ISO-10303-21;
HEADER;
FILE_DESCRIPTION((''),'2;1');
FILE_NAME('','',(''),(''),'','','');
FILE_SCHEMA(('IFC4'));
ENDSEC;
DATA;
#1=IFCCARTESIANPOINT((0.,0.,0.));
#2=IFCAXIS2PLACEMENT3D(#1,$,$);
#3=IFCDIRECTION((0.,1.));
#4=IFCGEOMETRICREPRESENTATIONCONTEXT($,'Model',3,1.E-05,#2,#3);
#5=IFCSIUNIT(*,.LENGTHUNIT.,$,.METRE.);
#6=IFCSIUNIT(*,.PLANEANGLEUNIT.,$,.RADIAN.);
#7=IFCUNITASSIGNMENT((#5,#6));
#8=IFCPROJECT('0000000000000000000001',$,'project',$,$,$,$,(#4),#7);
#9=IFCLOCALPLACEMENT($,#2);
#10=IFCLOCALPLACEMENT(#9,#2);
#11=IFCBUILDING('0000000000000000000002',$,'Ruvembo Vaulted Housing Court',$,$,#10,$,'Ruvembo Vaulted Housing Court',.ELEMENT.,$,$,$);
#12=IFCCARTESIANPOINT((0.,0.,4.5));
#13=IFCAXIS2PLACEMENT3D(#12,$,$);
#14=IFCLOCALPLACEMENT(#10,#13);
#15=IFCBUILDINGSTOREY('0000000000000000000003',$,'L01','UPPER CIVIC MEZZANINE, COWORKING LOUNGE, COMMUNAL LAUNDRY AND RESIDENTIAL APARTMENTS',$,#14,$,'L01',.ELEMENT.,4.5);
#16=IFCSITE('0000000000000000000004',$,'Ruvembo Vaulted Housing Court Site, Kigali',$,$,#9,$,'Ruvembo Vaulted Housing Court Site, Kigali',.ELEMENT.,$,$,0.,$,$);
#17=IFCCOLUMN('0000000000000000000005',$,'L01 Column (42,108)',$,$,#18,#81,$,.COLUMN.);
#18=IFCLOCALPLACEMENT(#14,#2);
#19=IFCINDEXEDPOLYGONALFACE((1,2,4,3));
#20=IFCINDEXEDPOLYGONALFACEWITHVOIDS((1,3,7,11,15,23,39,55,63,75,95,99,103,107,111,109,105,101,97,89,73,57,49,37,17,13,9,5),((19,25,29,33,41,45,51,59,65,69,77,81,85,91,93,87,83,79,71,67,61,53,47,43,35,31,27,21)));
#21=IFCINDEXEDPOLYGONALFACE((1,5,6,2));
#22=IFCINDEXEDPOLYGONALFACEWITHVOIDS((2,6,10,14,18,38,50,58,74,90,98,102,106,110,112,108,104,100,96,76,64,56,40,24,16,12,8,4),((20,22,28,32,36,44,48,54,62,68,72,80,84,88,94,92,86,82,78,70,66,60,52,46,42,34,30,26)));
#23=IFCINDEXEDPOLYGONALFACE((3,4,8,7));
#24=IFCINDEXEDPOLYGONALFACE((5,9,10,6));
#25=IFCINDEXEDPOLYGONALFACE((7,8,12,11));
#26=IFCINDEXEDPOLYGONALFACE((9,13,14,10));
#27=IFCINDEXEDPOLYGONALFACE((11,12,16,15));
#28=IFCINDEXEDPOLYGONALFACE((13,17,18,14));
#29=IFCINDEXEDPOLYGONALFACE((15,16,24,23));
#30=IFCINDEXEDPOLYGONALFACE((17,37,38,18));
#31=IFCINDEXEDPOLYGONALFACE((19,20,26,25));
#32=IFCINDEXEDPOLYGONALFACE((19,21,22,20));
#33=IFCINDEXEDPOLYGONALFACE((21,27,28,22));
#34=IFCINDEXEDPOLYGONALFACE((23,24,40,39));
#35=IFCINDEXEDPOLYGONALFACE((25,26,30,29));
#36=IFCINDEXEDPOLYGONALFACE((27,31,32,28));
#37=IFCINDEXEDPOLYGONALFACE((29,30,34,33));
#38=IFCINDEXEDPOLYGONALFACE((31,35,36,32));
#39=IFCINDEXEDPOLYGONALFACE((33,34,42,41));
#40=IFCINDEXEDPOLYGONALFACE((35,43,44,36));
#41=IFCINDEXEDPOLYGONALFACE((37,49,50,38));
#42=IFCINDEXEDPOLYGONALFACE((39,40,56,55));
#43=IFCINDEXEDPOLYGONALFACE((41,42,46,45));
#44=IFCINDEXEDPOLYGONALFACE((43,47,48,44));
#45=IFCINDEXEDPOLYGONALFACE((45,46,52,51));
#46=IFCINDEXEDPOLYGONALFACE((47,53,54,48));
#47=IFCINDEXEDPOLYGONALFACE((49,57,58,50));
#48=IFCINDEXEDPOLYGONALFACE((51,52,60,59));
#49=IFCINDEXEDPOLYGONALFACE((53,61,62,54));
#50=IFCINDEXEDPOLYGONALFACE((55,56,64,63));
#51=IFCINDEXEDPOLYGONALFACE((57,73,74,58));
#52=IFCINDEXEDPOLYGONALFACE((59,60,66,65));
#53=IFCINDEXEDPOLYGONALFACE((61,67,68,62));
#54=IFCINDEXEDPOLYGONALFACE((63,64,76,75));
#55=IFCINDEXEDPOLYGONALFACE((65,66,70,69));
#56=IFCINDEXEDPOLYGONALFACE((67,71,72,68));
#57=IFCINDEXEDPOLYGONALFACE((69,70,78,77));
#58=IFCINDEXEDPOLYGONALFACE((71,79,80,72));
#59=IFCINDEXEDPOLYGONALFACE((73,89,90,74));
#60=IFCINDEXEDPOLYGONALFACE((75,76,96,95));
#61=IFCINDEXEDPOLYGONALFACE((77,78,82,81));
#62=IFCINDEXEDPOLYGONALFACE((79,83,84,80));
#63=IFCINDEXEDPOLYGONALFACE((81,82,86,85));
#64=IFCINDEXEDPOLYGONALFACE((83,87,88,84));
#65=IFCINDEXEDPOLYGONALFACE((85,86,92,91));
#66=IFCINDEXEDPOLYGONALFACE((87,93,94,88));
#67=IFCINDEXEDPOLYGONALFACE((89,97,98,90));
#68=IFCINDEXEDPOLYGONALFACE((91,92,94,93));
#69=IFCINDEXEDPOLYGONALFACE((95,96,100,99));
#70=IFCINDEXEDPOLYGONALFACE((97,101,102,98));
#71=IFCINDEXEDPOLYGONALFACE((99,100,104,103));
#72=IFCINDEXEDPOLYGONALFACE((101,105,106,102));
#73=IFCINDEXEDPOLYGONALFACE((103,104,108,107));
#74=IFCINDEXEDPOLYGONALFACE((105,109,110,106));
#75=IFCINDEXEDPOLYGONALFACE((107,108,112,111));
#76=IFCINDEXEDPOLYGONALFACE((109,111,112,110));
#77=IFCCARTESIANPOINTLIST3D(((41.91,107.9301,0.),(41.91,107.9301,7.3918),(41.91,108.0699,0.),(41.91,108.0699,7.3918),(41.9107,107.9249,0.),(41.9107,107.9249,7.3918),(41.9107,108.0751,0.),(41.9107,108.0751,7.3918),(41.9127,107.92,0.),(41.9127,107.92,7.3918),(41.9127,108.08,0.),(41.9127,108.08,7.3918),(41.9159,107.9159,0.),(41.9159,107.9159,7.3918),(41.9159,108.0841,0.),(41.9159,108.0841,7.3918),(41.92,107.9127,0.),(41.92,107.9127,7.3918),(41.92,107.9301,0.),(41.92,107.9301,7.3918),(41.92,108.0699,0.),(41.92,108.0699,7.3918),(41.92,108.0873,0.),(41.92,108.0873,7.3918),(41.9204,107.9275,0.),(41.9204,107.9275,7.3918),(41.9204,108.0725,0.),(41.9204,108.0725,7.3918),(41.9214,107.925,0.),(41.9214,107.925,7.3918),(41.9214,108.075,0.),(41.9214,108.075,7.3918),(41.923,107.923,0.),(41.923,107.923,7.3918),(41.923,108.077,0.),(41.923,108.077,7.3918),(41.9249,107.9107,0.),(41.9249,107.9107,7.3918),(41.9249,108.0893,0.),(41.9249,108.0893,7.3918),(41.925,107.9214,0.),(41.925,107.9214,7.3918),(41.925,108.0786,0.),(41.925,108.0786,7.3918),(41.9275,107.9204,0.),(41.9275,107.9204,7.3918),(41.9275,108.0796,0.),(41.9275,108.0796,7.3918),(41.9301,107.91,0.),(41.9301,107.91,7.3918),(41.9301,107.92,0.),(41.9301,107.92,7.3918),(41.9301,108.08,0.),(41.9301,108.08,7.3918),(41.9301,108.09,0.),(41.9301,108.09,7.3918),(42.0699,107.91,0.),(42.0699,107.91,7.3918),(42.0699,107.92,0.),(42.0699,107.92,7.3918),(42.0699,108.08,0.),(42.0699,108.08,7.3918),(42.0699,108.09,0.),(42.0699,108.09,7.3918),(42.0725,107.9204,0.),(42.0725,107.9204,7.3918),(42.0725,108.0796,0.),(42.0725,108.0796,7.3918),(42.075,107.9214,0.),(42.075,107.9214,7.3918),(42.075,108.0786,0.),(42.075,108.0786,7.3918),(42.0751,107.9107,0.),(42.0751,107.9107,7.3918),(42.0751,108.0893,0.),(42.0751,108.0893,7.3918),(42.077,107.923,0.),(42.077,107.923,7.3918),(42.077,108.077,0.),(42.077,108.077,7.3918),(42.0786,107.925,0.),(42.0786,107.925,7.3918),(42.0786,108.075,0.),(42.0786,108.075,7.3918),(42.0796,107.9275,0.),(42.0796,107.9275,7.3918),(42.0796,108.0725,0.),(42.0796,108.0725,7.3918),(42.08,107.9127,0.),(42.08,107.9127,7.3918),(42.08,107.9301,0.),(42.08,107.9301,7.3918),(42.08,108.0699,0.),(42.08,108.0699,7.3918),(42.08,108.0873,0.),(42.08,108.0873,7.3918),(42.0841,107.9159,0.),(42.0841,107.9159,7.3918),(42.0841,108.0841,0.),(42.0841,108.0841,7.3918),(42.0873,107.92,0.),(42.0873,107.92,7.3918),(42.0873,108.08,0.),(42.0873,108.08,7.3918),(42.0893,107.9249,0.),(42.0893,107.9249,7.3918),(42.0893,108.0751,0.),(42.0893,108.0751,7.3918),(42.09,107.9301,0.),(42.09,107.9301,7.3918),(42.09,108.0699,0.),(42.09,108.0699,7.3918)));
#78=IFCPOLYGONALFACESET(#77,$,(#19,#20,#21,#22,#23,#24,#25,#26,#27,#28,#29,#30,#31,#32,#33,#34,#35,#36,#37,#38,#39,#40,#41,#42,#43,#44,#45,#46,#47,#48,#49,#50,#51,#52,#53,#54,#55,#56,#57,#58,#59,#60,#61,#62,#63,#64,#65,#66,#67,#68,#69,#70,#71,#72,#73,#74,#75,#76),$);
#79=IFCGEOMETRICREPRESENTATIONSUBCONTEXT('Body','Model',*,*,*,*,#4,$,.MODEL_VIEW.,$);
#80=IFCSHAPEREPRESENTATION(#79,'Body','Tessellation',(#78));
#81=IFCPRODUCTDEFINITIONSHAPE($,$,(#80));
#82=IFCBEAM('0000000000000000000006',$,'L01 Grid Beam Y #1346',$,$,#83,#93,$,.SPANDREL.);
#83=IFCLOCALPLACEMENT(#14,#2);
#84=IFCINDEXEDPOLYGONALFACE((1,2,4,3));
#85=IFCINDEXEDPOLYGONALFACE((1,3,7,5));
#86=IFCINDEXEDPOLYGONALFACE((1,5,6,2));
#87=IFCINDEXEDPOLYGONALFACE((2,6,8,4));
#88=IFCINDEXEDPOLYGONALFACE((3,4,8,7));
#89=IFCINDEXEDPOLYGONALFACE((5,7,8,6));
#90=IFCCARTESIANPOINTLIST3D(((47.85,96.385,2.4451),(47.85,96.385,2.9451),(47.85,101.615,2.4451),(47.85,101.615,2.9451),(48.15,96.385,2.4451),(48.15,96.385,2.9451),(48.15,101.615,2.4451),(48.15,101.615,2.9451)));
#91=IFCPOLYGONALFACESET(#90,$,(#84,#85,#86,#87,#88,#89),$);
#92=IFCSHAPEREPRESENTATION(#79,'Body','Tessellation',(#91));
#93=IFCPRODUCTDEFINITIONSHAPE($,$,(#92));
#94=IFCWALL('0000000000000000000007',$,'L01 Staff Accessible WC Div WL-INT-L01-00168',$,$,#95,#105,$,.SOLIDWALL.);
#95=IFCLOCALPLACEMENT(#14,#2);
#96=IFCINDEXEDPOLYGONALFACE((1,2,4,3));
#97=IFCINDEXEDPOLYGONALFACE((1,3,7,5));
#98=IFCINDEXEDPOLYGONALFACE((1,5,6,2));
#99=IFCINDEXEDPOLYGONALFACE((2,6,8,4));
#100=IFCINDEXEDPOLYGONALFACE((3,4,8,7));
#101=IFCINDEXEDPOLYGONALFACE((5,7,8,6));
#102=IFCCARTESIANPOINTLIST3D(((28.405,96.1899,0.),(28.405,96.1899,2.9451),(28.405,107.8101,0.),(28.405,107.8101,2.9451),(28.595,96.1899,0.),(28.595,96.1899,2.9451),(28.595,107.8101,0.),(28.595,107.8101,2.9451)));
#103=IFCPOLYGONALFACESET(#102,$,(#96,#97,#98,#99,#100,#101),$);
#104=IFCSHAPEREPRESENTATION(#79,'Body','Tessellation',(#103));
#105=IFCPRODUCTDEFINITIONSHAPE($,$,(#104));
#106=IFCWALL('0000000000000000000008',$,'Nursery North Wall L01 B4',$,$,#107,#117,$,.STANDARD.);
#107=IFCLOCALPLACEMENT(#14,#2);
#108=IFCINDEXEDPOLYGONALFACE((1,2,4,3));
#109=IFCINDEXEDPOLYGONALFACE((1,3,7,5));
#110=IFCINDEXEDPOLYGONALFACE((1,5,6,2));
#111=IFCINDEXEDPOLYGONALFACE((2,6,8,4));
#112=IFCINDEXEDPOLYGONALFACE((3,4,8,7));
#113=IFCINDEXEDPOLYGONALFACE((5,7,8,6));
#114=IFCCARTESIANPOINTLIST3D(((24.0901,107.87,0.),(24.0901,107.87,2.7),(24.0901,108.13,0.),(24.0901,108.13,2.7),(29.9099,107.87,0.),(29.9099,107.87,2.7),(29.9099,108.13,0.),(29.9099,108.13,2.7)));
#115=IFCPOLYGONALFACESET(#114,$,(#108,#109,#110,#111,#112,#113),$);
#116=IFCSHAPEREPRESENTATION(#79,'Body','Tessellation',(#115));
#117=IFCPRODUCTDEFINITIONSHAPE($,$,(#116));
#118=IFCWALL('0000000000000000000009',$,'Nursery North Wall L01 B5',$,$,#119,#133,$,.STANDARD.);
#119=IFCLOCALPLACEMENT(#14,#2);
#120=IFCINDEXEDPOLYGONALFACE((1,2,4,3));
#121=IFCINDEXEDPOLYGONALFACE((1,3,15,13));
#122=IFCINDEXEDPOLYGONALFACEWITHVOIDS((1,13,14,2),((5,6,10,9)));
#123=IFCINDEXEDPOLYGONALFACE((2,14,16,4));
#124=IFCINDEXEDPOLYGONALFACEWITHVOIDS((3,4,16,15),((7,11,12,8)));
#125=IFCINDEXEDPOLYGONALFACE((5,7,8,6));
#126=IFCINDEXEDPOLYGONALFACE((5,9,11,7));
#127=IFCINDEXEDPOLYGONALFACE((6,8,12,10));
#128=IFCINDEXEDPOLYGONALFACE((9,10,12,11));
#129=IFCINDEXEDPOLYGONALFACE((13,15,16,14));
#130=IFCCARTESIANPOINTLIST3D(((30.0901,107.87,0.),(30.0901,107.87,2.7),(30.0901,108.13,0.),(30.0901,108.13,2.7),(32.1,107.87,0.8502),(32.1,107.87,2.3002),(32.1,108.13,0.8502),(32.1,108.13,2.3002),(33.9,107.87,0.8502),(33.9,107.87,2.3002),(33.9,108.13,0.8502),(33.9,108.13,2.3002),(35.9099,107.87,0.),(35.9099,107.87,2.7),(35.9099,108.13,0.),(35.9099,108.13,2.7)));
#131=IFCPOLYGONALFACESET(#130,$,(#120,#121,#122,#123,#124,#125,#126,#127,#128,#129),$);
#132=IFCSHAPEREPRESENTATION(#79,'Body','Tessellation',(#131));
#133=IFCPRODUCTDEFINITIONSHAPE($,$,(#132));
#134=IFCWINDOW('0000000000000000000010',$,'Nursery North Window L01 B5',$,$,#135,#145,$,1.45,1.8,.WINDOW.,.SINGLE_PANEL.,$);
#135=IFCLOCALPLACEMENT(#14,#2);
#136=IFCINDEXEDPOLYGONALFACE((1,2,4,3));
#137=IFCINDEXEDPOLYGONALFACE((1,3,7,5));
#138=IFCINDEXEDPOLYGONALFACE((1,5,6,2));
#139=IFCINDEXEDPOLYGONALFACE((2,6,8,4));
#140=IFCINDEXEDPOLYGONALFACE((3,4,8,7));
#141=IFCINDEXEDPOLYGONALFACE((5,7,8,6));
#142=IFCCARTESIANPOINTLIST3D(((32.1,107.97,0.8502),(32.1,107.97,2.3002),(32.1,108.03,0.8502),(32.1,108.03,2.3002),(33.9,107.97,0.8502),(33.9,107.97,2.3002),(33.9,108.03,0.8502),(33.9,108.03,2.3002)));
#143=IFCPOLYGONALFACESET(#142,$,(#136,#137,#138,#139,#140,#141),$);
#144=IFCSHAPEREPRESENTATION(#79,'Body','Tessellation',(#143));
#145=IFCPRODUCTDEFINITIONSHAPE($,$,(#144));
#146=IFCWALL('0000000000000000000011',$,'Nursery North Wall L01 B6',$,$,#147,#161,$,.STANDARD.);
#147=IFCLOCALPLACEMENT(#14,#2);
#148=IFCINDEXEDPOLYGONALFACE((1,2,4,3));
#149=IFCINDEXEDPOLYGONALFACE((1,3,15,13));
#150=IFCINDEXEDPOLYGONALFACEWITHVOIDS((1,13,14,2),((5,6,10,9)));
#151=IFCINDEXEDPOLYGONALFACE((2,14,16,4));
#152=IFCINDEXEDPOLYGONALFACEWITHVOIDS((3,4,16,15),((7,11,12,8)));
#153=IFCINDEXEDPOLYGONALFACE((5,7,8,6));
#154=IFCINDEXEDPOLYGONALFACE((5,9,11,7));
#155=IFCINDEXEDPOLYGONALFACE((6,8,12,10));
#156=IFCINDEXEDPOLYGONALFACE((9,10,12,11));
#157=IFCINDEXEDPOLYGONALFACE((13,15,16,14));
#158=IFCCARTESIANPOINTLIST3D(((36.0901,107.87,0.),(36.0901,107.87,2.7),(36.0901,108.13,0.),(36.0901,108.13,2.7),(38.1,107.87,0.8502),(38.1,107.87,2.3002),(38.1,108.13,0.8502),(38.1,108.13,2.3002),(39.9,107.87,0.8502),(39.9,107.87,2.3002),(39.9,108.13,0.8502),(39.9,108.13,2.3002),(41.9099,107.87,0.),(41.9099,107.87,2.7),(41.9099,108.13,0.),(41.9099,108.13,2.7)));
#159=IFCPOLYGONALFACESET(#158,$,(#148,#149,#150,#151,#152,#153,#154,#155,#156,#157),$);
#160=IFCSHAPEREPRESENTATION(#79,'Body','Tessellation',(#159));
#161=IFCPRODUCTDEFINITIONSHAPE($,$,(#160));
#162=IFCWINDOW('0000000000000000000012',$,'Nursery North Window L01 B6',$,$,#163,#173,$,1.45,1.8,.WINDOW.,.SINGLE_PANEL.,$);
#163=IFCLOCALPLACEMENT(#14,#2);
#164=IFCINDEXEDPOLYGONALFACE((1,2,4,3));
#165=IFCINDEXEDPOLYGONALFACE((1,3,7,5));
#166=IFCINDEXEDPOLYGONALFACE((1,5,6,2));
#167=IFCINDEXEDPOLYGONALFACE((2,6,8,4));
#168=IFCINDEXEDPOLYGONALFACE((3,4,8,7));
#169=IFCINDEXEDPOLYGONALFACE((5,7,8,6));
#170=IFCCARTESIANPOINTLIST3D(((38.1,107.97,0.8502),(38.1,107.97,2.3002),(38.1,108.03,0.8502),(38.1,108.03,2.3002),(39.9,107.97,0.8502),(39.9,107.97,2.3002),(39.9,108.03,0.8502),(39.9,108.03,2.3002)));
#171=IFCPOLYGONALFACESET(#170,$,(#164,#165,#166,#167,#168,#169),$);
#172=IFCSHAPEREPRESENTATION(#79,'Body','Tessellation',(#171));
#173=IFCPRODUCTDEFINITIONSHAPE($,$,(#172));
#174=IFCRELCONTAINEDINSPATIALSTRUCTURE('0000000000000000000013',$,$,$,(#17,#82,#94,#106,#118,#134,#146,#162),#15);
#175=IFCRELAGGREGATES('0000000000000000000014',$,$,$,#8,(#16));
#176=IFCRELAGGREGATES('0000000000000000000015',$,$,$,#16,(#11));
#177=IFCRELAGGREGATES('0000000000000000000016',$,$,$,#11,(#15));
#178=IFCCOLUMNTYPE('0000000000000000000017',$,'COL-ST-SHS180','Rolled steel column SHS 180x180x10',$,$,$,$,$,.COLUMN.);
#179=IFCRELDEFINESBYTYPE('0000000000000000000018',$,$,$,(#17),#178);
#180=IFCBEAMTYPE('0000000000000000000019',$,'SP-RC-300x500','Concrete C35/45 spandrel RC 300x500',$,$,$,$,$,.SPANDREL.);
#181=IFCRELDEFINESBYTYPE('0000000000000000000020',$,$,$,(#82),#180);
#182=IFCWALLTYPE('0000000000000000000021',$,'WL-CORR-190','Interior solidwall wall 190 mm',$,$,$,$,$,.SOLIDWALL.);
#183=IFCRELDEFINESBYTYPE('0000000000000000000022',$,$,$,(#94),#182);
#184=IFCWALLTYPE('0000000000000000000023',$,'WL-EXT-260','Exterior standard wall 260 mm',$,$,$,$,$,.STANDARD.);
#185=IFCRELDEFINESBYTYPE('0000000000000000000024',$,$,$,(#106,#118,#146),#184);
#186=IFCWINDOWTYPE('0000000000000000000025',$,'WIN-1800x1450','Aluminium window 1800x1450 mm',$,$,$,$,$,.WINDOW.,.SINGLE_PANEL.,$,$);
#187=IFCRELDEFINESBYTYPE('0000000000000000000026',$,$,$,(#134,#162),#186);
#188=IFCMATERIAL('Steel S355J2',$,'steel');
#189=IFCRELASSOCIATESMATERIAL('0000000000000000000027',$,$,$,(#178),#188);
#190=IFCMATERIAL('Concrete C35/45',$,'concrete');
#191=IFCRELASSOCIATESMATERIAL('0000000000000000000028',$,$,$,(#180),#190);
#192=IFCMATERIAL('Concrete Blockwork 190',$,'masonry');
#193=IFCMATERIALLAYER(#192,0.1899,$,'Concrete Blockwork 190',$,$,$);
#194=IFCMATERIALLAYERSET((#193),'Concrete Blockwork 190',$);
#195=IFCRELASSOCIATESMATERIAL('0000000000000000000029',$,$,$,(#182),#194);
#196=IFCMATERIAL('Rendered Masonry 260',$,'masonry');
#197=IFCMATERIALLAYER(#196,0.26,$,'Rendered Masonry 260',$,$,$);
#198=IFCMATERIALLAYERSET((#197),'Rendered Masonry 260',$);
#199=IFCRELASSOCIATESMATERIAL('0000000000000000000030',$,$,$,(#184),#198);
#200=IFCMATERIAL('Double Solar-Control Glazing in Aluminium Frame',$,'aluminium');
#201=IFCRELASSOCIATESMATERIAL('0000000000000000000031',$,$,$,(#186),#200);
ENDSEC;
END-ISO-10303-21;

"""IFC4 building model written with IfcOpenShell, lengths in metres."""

from ifc_helpers import new_model, si_unit, direction, frame, frame_2d, origin, origin_2d, place, context, subcontext, project, spatial, rectangle, hollow_rectangle, extrude, material, layer, layer_set, material_profile, profile_set, type_object, element, fill, save


model = new_model("IFC4")

# Units and contexts
model_context = context("Model", 3, precision=1e-05, world=origin(), true_north=direction((0.0, 1.0)))
body_context = subcontext(model_context, "Body", "Model", "MODEL_VIEW")
ifc_project = project(units=[si_unit("LENGTHUNIT", "METRE"), si_unit("PLANEANGLEUNIT", "RADIAN")], contexts=[model_context])

# Site, building, storey
site_placement = place(None, origin())
site = spatial("IfcSite", under=ifc_project, at=site_placement, Name="Ruvembo Vaulted Housing Court Site, Kigali", LongName="Ruvembo Vaulted Housing Court Site, Kigali", CompositionType="ELEMENT", RefElevation=0.0)
building_placement = place(site_placement, origin())
building = spatial("IfcBuilding", under=site, at=building_placement, Name="Ruvembo Vaulted Housing Court", LongName="Ruvembo Vaulted Housing Court", CompositionType="ELEMENT")
storey_placement = place(building_placement, frame((0.0, 0.0, 4.5)))
storey = spatial("IfcBuildingStorey", under=building, at=storey_placement, Name="L01", Description="UPPER CIVIC MEZZANINE, COWORKING LOUNGE, COMMUNAL LAUNDRY AND RESIDENTIAL APARTMENTS", LongName="L01", CompositionType="ELEMENT", Elevation=4.5)

# Column
ifc_material_1 = material(Name="Steel S355J2", Category="steel")
ifc_material_profile_1 = material_profile(ifc_material_1, hollow_rectangle(XDim=0.1799, YDim=0.1799, WallThickness=0.01, InnerFilletRadius=0.01, OuterFilletRadius=0.02, at=origin_2d()), Name="SHS 180x180x10")
ifc_profile_set_1 = profile_set([ifc_material_profile_1], Name="Steel S355J2")
column_type_1 = type_object("IfcColumnType", Name="COL-ST-SHS180", Description="Rolled steel column SHS 180x180x10", PredefinedType="COLUMN", material=ifc_profile_set_1)
for number, where, z_axis, x_axis, name in (
    (1, (42.0, 108.0, 0.0), (0.0, 0.0, 1.0), (1.0, 0.0, 0.0), "L01 Column (42,108)"),
):
    element("IfcColumn", number, at=place(storey_placement, frame(where, z_axis=z_axis, x_axis=x_axis)), inside=storey, type_object=column_type_1, Name=name, PredefinedType="COLUMN", context=body_context, shape_type="SweptSolid", body=[
        extrude(hollow_rectangle(XDim=0.1799, YDim=0.1799, WallThickness=0.01, InnerFilletRadius=0.01, OuterFilletRadius=0.02, at=origin_2d()), origin(), (0.0, 0.0, 1.0), 7.3918),
    ])

# Beam
ifc_material_2 = material(Name="Concrete C35/45", Category="concrete")
ifc_material_profile_2 = material_profile(ifc_material_2, rectangle(XDim=0.3, YDim=0.5, at=origin_2d()), Name="RC 300x500")
ifc_profile_set_2 = profile_set([ifc_material_profile_2], Name="Concrete C35/45")
beam_type = type_object("IfcBeamType", Name="SP-RC-300x500", Description="Concrete C35/45 spandrel RC 300x500", PredefinedType="SPANDREL", material=ifc_profile_set_2)
beam_placement = place(storey_placement, frame((48.0, 96.385, 2.6951), z_axis=(0.0, 1.0, 0.0), x_axis=(-1.0, 0.0, 0.0)))
element("IfcBeam", 2, at=beam_placement, inside=storey, type_object=beam_type, Name="L01 Grid Beam Y #1346", PredefinedType="SPANDREL", context=body_context, shape_type="SweptSolid", body=[
    extrude(rectangle(XDim=0.3, YDim=0.5, at=origin_2d()), origin(), (0.0, 0.0, 1.0), 5.23),
])

# Walls
ifc_material_3 = material(Name="Concrete Blockwork 190", Category="masonry")
ifc_layer_1 = layer(ifc_material_3, 0.1899, Name="Concrete Blockwork 190")
ifc_layer_set_1 = layer_set([ifc_layer_1], Name="Concrete Blockwork 190")
wall_type_1 = type_object("IfcWallType", Name="WL-CORR-190", Description="Interior solidwall wall 190 mm", PredefinedType="SOLIDWALL", material=ifc_layer_set_1)
wall_1_placement = place(storey_placement, frame((28.5, 96.1899, 0.0), z_axis=(0.0, 0.0, 1.0), x_axis=(0.0, 1.0, 0.0)))
element("IfcWall", 3, at=wall_1_placement, inside=storey, type_object=wall_type_1, Name="L01 Staff Accessible WC Div WL-INT-L01-00168", PredefinedType="SOLIDWALL", context=body_context, shape_type="SweptSolid", body=[
    extrude(rectangle(XDim=11.6201, YDim=0.1899, at=frame_2d((5.8101, 0.0))), origin(), (0.0, 0.0, 1.0), 2.9451),
])
ifc_material_4 = material(Name="Rendered Masonry 260", Category="masonry")
ifc_layer_2 = layer(ifc_material_4, 0.26, Name="Rendered Masonry 260")
ifc_layer_set_2 = layer_set([ifc_layer_2], Name="Rendered Masonry 260")
wall_type_2 = type_object("IfcWallType", Name="WL-EXT-260", Description="Exterior standard wall 260 mm", PredefinedType="STANDARD", material=ifc_layer_set_2)
wall_2_placement = place(storey_placement, frame((29.9099, 108.0, 0.0), z_axis=(0.0, 0.0, 1.0), x_axis=(-1.0, 0.0, 0.0)))
element("IfcWall", 4, at=wall_2_placement, inside=storey, type_object=wall_type_2, Name="Nursery North Wall L01 B4", PredefinedType="STANDARD", context=body_context, shape_type="SweptSolid", body=[
    extrude(rectangle(XDim=5.8198, YDim=0.26, at=frame_2d((2.9099, 0.0))), origin(), (0.0, 0.0, 1.0), 2.7),
])

# Walls, openings, windows
wall_3_placement = place(storey_placement, frame((35.9099, 108.0, 0.0), z_axis=(0.0, 0.0, 1.0), x_axis=(-1.0, 0.0, 0.0)))
wall_3 = element("IfcWall", 5, at=wall_3_placement, inside=storey, type_object=wall_type_2, Name="Nursery North Wall L01 B5", PredefinedType="STANDARD", context=body_context, shape_type="SweptSolid", body=[
    extrude(rectangle(XDim=5.8198, YDim=0.26, at=frame_2d((2.9099, 0.0))), origin(), (0.0, 0.0, 1.0), 2.7),
])
opening_1_placement = place(wall_3_placement, frame((2.01, 0.0, 0.8501)))
opening_1 = element("IfcOpeningElement", 6, at=opening_1_placement, cuts=wall_3, PredefinedType="OPENING", context=body_context, shape_type="SweptSolid", body=[
    extrude(rectangle(XDim=1.8, YDim=1.45, at=frame_2d((0.8999, 0.7251))), frame((0.0, 0.1399, 0.0), z_axis=(0.0, -1.0, 0.0), x_axis=(1.0, 0.0, 0.0)), (0.0, 0.0, 1.0), 0.28),
])
ifc_material_5 = material(Name="Double Solar-Control Glazing in Aluminium Frame", Category="aluminium")
window_type_1 = type_object("IfcWindowType", Name="WIN-1800x1450", Description="Aluminium window 1800x1450 mm", PartitioningType="SINGLE_PANEL", PredefinedType="WINDOW", material=ifc_material_5)
window_1_placement = place(opening_1_placement, origin())
window_1 = element("IfcWindow", 7, at=window_1_placement, inside=storey, type_object=window_type_1, Name="Nursery North Window L01 B5", OverallHeight=1.45, OverallWidth=1.8, PartitioningType="SINGLE_PANEL", PredefinedType="WINDOW", context=body_context, shape_type="SweptSolid", body=[
    extrude(rectangle(XDim=1.8, YDim=1.45, at=frame_2d((0.8999, 0.7251))), frame((0.0, 0.03, 0.0), z_axis=(0.0, -1.0, 0.0), x_axis=(1.0, 0.0, 0.0)), (0.0, 0.0, 1.0), 0.0601),
])
fill(opening_1, window_1)
wall_4_placement = place(storey_placement, frame((41.9099, 108.0, 0.0), z_axis=(0.0, 0.0, 1.0), x_axis=(-1.0, 0.0, 0.0)))
wall_4 = element("IfcWall", 8, at=wall_4_placement, inside=storey, type_object=wall_type_2, Name="Nursery North Wall L01 B6", PredefinedType="STANDARD", context=body_context, shape_type="SweptSolid", body=[
    extrude(rectangle(XDim=5.8198, YDim=0.26, at=frame_2d((2.9099, 0.0))), origin(), (0.0, 0.0, 1.0), 2.7),
])
opening_2_placement = place(wall_4_placement, frame((2.01, 0.0, 0.8501)))
opening_2 = element("IfcOpeningElement", 9, at=opening_2_placement, cuts=wall_4, PredefinedType="OPENING", context=body_context, shape_type="SweptSolid", body=[
    extrude(rectangle(XDim=1.8, YDim=1.45, at=frame_2d((0.8999, 0.7251))), frame((0.0, 0.1399, 0.0), z_axis=(0.0, -1.0, 0.0), x_axis=(1.0, 0.0, 0.0)), (0.0, 0.0, 1.0), 0.28),
])
window_2_placement = place(opening_2_placement, origin())
window_2 = element("IfcWindow", 10, at=window_2_placement, inside=storey, type_object=window_type_1, Name="Nursery North Window L01 B6", OverallHeight=1.45, OverallWidth=1.8, PartitioningType="SINGLE_PANEL", PredefinedType="WINDOW", context=body_context, shape_type="SweptSolid", body=[
    extrude(rectangle(XDim=1.8, YDim=1.45, at=frame_2d((0.8999, 0.7251))), frame((0.0, 0.03, 0.0), z_axis=(0.0, -1.0, 0.0), x_axis=(1.0, 0.0, 0.0)), (0.0, 0.0, 1.0), 0.0601),
])
fill(opening_2, window_2)

save(model, "model.ifc")
